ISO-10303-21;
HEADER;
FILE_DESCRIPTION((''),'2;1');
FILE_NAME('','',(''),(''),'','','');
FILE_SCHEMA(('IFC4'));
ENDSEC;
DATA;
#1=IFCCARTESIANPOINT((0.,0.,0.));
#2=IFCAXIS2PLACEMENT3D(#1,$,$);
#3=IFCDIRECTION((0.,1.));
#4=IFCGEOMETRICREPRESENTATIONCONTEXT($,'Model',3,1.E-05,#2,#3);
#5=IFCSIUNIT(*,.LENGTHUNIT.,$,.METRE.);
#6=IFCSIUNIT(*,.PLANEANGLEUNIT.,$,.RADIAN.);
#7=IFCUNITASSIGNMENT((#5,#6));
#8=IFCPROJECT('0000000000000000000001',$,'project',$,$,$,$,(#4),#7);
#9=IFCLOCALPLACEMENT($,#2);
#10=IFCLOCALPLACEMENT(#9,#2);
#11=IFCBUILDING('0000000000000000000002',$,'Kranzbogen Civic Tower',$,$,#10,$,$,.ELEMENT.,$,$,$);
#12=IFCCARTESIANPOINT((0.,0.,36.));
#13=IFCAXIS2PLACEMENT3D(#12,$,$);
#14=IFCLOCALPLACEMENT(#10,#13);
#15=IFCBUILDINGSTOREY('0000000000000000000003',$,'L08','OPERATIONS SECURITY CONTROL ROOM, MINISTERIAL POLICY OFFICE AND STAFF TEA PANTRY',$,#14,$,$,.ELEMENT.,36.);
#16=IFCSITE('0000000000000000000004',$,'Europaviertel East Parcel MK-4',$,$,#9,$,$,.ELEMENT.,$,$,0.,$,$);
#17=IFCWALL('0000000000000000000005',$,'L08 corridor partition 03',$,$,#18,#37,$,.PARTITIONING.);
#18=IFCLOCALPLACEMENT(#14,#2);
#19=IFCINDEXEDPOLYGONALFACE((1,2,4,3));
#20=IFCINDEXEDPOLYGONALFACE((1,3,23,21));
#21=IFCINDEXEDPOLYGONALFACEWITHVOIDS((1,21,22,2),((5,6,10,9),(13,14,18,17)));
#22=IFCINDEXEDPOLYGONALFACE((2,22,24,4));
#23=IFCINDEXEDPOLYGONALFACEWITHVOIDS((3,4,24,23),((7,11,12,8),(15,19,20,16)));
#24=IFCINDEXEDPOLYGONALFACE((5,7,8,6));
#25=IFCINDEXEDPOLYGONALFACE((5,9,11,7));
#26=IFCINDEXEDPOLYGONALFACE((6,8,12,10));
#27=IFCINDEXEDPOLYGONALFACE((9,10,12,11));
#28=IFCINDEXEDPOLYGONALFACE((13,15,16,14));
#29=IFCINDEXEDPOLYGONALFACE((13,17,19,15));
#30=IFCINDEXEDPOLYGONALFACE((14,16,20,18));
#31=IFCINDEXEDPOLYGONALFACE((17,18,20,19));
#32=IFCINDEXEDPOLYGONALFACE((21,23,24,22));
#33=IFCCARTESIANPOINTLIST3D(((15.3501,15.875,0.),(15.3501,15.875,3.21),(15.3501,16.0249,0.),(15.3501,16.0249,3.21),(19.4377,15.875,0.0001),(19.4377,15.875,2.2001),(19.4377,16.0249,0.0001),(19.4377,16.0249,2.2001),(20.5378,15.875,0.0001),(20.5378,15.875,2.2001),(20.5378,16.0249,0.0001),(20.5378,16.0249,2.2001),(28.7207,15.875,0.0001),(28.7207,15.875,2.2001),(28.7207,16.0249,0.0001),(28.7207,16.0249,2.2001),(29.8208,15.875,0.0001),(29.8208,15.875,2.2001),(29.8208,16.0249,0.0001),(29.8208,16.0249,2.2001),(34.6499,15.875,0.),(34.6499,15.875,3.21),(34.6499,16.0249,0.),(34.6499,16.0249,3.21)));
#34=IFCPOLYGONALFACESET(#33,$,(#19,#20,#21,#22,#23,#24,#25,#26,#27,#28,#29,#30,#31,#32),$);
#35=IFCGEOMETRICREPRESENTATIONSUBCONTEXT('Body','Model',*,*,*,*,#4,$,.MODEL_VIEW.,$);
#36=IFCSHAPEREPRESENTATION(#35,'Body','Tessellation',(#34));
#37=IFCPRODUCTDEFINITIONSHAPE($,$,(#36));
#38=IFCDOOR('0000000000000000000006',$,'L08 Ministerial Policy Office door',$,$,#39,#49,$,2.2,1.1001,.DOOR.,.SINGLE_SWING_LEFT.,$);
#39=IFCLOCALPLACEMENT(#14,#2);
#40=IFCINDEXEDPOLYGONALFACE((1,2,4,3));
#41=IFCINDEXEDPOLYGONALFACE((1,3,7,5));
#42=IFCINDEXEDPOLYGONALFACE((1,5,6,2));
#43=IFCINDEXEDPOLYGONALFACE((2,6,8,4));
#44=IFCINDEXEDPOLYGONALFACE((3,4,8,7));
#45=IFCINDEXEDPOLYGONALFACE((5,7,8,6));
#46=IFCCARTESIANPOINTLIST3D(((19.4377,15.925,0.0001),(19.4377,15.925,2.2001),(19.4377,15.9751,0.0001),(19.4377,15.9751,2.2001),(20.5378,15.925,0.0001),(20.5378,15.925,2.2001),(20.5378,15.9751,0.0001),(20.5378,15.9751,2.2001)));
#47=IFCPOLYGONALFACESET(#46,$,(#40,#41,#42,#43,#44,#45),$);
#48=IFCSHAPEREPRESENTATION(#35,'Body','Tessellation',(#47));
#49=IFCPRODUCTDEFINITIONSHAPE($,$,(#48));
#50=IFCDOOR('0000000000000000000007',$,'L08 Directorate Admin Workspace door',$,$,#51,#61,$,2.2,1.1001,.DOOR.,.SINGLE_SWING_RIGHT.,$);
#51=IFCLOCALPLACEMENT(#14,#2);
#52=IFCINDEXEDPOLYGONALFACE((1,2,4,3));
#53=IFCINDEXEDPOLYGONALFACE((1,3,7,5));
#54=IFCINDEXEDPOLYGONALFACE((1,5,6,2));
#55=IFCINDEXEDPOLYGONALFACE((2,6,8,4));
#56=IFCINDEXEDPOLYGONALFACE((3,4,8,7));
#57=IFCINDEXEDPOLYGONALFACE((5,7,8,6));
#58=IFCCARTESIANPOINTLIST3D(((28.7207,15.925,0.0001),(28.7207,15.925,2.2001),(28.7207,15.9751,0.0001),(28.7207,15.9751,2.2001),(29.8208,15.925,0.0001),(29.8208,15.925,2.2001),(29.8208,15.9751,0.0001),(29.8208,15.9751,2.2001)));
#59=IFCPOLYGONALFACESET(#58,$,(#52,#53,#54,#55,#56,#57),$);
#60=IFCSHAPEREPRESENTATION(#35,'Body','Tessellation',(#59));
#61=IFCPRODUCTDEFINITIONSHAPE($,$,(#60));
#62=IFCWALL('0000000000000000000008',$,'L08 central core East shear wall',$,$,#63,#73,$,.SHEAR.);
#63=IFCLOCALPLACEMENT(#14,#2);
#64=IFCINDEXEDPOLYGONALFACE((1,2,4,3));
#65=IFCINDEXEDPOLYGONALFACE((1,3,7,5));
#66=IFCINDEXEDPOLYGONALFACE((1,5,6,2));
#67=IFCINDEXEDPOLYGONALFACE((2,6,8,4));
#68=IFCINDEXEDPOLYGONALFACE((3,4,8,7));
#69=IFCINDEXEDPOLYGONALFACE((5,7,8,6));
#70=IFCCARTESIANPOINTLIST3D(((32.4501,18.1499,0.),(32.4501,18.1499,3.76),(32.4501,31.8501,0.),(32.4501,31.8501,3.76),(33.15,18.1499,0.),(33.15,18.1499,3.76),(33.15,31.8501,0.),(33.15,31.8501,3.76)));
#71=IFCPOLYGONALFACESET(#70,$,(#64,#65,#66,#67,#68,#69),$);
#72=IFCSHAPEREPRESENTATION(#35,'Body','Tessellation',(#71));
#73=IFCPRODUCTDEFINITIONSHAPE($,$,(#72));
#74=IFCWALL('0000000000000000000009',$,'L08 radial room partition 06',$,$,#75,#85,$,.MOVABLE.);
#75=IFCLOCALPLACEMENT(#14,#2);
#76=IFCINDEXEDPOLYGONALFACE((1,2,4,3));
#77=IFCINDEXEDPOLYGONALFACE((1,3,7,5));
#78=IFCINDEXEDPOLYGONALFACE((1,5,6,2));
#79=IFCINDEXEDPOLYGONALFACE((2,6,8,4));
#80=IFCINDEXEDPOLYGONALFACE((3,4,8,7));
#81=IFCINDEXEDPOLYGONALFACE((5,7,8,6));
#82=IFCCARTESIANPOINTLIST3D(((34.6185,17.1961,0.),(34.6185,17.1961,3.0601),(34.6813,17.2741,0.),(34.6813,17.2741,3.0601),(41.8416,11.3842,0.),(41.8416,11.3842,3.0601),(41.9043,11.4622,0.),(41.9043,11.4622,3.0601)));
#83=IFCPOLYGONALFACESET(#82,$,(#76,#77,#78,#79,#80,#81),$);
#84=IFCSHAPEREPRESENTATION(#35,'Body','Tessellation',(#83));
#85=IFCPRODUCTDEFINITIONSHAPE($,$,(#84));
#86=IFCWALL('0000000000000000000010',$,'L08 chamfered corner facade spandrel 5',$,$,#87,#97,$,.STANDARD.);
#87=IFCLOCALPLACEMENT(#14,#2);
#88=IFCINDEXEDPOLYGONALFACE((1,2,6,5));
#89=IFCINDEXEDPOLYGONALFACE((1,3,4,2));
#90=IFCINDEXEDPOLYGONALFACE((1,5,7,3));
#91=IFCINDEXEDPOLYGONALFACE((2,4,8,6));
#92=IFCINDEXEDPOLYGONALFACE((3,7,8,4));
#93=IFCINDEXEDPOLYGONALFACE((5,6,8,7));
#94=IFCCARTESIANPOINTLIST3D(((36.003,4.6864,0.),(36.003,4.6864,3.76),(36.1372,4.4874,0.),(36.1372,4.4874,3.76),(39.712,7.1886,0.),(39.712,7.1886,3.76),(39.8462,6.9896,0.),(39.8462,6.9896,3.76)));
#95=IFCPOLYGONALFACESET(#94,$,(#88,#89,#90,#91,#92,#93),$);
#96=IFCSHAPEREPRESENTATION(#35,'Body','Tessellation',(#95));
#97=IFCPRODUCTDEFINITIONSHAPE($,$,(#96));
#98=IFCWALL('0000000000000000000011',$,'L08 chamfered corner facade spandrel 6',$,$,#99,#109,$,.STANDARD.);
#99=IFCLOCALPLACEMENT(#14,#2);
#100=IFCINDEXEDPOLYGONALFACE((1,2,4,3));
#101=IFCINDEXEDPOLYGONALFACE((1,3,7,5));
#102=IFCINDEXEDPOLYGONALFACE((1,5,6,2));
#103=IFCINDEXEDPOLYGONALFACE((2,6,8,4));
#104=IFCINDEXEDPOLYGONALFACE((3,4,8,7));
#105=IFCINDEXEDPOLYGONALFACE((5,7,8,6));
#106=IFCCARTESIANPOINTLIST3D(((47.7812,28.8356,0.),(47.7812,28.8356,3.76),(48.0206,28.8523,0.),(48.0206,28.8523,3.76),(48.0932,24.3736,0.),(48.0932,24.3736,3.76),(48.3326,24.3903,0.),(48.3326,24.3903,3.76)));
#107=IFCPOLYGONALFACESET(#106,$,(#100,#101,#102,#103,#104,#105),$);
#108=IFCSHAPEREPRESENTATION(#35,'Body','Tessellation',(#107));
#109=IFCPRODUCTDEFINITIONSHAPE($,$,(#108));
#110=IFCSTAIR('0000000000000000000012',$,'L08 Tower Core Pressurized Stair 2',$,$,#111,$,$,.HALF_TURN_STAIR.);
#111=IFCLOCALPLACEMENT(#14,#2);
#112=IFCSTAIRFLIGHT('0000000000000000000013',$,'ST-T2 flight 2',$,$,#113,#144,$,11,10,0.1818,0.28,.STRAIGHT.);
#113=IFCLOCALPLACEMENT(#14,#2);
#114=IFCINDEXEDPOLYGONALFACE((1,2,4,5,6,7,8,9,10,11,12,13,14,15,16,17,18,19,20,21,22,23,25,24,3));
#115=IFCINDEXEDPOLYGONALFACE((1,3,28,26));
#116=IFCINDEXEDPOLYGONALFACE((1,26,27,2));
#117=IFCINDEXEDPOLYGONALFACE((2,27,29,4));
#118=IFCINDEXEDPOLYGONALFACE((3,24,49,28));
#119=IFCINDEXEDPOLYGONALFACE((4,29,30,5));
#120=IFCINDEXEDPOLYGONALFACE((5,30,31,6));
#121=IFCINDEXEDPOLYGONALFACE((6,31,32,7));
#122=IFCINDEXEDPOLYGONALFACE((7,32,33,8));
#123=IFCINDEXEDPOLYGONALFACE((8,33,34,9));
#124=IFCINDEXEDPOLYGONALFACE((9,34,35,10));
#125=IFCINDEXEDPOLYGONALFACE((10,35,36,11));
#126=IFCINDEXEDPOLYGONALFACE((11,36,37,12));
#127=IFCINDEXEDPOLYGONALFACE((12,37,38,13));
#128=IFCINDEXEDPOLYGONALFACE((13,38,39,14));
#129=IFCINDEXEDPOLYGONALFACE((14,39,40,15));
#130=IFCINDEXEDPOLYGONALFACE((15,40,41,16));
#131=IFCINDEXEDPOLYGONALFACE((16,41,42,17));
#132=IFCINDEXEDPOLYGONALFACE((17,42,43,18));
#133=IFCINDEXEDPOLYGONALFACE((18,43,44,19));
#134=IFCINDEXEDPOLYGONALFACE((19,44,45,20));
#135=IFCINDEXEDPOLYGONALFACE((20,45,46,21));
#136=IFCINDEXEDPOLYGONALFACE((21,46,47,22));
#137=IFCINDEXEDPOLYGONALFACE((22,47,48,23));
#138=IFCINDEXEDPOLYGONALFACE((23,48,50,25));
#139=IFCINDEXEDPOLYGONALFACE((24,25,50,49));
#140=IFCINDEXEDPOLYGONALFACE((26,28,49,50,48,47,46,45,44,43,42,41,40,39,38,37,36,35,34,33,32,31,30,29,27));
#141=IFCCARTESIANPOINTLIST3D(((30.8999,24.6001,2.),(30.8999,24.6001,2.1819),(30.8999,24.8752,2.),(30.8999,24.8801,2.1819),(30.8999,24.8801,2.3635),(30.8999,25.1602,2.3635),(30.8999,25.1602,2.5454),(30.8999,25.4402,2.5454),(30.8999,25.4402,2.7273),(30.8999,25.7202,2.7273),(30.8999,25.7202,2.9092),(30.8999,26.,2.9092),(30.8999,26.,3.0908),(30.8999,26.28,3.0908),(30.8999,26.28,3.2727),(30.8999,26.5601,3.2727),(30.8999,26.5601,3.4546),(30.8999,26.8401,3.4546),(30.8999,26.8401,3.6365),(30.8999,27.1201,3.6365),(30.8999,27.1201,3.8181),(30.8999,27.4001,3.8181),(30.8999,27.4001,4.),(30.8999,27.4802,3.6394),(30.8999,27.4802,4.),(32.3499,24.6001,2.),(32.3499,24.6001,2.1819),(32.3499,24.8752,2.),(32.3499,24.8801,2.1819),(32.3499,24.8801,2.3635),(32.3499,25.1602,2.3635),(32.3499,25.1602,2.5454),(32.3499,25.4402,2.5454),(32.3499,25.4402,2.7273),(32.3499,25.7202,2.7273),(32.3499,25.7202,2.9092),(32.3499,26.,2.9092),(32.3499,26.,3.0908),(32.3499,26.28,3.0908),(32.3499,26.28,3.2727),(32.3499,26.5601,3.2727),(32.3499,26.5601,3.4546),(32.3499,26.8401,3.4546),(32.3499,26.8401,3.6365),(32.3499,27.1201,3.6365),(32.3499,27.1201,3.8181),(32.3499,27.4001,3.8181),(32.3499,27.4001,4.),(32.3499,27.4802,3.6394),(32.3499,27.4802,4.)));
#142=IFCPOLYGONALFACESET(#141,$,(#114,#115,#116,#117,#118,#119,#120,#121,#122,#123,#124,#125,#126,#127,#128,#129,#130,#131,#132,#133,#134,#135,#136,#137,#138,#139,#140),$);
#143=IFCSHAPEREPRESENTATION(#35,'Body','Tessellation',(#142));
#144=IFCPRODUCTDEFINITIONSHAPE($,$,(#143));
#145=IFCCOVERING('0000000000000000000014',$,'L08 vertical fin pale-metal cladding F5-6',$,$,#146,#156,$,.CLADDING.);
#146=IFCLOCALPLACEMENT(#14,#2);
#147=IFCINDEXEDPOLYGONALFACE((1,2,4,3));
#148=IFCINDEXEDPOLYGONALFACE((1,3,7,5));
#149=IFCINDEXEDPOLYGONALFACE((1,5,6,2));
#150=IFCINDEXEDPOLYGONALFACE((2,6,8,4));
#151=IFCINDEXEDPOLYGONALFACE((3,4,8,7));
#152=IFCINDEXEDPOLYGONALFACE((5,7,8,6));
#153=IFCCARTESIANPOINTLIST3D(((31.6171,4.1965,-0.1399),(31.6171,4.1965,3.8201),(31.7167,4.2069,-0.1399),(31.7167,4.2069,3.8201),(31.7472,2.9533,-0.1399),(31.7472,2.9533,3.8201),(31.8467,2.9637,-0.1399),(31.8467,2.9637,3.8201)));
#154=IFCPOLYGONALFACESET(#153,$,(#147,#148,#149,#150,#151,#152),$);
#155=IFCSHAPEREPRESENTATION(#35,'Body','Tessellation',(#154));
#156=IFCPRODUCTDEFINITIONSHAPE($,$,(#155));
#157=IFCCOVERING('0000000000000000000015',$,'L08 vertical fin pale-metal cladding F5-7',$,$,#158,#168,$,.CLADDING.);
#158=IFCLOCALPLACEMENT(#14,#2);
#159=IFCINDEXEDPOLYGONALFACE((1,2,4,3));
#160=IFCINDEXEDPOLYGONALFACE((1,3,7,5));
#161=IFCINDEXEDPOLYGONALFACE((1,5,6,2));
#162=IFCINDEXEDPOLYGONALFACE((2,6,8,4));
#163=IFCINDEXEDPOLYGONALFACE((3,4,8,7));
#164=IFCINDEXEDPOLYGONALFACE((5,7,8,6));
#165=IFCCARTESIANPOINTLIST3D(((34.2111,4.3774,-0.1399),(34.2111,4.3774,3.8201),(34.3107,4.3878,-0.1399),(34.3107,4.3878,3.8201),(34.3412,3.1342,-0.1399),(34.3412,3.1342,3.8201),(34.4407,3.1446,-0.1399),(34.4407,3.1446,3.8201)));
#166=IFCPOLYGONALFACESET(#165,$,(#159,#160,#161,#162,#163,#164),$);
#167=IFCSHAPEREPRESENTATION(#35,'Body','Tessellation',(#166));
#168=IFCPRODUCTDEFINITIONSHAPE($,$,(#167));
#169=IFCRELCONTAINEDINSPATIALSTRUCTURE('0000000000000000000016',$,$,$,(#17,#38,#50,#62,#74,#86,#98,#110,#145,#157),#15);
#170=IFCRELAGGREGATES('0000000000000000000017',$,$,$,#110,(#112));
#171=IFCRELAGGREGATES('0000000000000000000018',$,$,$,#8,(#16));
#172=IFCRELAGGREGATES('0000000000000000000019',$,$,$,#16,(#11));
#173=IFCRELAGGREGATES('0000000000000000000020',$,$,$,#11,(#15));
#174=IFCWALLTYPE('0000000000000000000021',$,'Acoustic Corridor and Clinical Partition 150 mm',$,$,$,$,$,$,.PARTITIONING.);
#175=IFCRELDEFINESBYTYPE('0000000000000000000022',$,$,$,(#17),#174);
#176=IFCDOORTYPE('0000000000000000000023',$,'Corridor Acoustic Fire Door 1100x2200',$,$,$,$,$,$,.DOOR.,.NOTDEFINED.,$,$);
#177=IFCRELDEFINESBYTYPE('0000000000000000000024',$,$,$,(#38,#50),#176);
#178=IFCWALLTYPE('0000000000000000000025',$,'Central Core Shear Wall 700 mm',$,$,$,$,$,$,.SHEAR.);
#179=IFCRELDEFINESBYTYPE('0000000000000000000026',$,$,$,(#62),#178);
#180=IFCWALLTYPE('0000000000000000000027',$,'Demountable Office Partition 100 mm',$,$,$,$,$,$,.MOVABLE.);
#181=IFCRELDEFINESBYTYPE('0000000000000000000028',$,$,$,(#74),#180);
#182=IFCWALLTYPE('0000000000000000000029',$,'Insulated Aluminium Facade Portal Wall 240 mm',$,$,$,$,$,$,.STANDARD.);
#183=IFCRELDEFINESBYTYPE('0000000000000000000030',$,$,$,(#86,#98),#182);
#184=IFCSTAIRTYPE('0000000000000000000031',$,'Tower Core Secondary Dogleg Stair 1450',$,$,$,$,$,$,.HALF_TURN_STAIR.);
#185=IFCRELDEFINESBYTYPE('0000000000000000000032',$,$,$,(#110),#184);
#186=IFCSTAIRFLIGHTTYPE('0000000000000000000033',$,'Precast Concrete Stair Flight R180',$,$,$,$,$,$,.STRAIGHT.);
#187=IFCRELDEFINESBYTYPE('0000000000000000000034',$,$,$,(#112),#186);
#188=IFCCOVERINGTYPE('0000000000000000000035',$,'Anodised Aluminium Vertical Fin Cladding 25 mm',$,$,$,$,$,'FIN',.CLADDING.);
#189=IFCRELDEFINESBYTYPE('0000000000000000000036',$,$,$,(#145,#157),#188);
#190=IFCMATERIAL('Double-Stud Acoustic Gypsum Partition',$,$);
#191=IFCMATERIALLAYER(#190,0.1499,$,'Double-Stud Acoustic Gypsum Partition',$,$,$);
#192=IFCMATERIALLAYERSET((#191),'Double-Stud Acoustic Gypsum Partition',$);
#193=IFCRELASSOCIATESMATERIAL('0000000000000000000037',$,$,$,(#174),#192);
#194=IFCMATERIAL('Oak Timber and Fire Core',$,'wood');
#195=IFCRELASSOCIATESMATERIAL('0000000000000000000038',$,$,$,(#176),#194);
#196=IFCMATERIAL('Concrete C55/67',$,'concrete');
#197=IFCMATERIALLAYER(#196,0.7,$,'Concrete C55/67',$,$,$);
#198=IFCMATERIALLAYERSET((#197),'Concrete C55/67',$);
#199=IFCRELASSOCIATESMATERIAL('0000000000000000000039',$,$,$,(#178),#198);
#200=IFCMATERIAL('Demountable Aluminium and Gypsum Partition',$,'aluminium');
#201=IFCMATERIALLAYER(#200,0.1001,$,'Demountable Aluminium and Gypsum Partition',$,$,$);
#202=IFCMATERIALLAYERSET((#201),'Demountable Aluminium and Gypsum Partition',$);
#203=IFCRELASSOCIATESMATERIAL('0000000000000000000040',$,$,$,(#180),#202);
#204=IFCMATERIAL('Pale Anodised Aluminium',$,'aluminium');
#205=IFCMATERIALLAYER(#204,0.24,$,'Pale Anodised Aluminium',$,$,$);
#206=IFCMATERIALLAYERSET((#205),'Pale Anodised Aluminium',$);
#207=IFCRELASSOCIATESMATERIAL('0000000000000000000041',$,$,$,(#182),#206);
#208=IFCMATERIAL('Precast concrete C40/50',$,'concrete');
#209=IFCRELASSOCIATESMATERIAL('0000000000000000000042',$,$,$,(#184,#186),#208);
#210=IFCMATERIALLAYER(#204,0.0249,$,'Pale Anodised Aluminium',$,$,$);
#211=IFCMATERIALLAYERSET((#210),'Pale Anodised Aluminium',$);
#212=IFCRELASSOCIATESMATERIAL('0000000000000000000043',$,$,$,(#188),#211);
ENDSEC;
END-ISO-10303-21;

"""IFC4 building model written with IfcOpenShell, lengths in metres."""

from ifc_helpers import new_model, si_unit, direction, frame, frame_2d, origin, origin_2d, place, context, subcontext, project, spatial, polyline, rectangle, outline, extrude, material, layer, layer_set, type_object, element, fill, aggregate, save


model = new_model("IFC4")

# Units and contexts
model_context = context("Model", 3, precision=1e-05, world=origin(), true_north=direction((0.0, 1.0)))
body_context = subcontext(model_context, "Body", "Model", "MODEL_VIEW")
ifc_project = project(units=[si_unit("LENGTHUNIT", "METRE"), si_unit("PLANEANGLEUNIT", "RADIAN")], contexts=[model_context])

# Site, building, storey
site_placement = place(None, origin())
site = spatial("IfcSite", under=ifc_project, at=site_placement, Name="Europaviertel East Parcel MK-4", CompositionType="ELEMENT", RefElevation=0.0)
building_placement = place(site_placement, origin())
building = spatial("IfcBuilding", under=site, at=building_placement, Name="Kranzbogen Civic Tower", CompositionType="ELEMENT")
storey_placement = place(building_placement, frame((0.0, 0.0, 36.0)))
storey = spatial("IfcBuildingStorey", under=building, at=storey_placement, Name="L08", Description="OPERATIONS SECURITY CONTROL ROOM, MINISTERIAL POLICY OFFICE AND STAFF TEA PANTRY", CompositionType="ELEMENT", Elevation=36.0)

# Shared definitions
ifc_material_1 = material(Name="Pale Anodised Aluminium", Category="aluminium")

# Wall, openings, doors
ifc_material_2 = material(Name="Double-Stud Acoustic Gypsum Partition")
ifc_layer_1 = layer(ifc_material_2, 0.1499, Name="Double-Stud Acoustic Gypsum Partition")
ifc_layer_set_1 = layer_set([ifc_layer_1], Name="Double-Stud Acoustic Gypsum Partition")
wall_type_1 = type_object("IfcWallType", Name="Acoustic Corridor and Clinical Partition 150 mm", PredefinedType="PARTITIONING", material=ifc_layer_set_1)
wall_1_placement = place(storey_placement, frame((34.6499, 15.95, 0.0), z_axis=(0.0, 0.0, 1.0), x_axis=(-1.0, 0.0, 0.0)))
wall_1 = element("IfcWall", 1, at=wall_1_placement, inside=storey, type_object=wall_type_1, Name="L08 corridor partition 03", PredefinedType="PARTITIONING", context=body_context, shape_type="SweptSolid", body=[
    extrude(rectangle(XDim=19.2998, YDim=0.1499, at=frame_2d((9.6499, 0.0))), origin(), (0.0, 0.0, 1.0), 3.21),
])
opening_1_placement = place(wall_1_placement, frame((14.1121, 0.0, 0.0)))
opening_1 = element("IfcOpeningElement", 2, at=opening_1_placement, cuts=wall_1, PredefinedType="OPENING", context=body_context, shape_type="SweptSolid", body=[
    extrude(rectangle(XDim=1.1001, YDim=2.2, at=frame_2d((0.55, 1.1001))), frame((0.0, 0.085, 0.0), z_axis=(0.0, -1.0, 0.0), x_axis=(1.0, 0.0, 0.0)), (0.0, 0.0, 1.0), 0.1699),
])
opening_2_placement = place(wall_1_placement, frame((4.8291, 0.0, 0.0)))
opening_2 = element("IfcOpeningElement", 3, at=opening_2_placement, cuts=wall_1, PredefinedType="OPENING", context=body_context, shape_type="SweptSolid", body=[
    extrude(rectangle(XDim=1.1001, YDim=2.2, at=frame_2d((0.55, 1.1001))), frame((0.0, 0.085, 0.0), z_axis=(0.0, -1.0, 0.0), x_axis=(1.0, 0.0, 0.0)), (0.0, 0.0, 1.0), 0.1699),
])
ifc_material_3 = material(Name="Oak Timber and Fire Core", Category="wood")
door_type = type_object("IfcDoorType", Name="Corridor Acoustic Fire Door 1100x2200", OperationType="NOTDEFINED", PredefinedType="DOOR", material=ifc_material_3)
door_1_placement = place(opening_1_placement, origin())
door_1 = element("IfcDoor", 4, at=door_1_placement, inside=storey, type_object=door_type, Name="L08 Ministerial Policy Office door", OperationType="SINGLE_SWING_LEFT", OverallHeight=2.2, OverallWidth=1.1001, PredefinedType="DOOR", context=body_context, shape_type="SweptSolid", body=[
    extrude(rectangle(XDim=1.1001, YDim=2.2, at=frame_2d((0.55, 1.1001))), frame((0.0, 0.0249, 0.0), z_axis=(0.0, -1.0, 0.0), x_axis=(1.0, 0.0, 0.0)), (0.0, 0.0, 1.0), 0.05),
])
fill(opening_1, door_1)
door_2_placement = place(opening_2_placement, origin())
door_2 = element("IfcDoor", 5, at=door_2_placement, inside=storey, type_object=door_type, Name="L08 Directorate Admin Workspace door", OperationType="SINGLE_SWING_RIGHT", OverallHeight=2.2, OverallWidth=1.1001, PredefinedType="DOOR", context=body_context, shape_type="SweptSolid", body=[
    extrude(rectangle(XDim=1.1001, YDim=2.2, at=frame_2d((0.55, 1.1001))), frame((0.0, 0.0249, 0.0), z_axis=(0.0, -1.0, 0.0), x_axis=(1.0, 0.0, 0.0)), (0.0, 0.0, 1.0), 0.05),
])
fill(opening_2, door_2)

# Walls
ifc_material_4 = material(Name="Concrete C55/67", Category="concrete")
ifc_layer_2 = layer(ifc_material_4, 0.7, Name="Concrete C55/67")
ifc_layer_set_2 = layer_set([ifc_layer_2], Name="Concrete C55/67")
wall_type_2 = type_object("IfcWallType", Name="Central Core Shear Wall 700 mm", PredefinedType="SHEAR", material=ifc_layer_set_2)
wall_2_placement = place(storey_placement, frame((32.8, 18.1499, 0.0), z_axis=(0.0, 0.0, 1.0), x_axis=(0.0, 1.0, 0.0)))
element("IfcWall", 6, at=wall_2_placement, inside=storey, type_object=wall_type_2, Name="L08 central core East shear wall", PredefinedType="SHEAR", context=body_context, shape_type="SweptSolid", body=[
    extrude(rectangle(XDim=13.7002, YDim=0.7, at=frame_2d((6.8501, 0.0))), origin(), (0.0, 0.0, 1.0), 3.76),
])
ifc_material_5 = material(Name="Demountable Aluminium and Gypsum Partition", Category="aluminium")
ifc_layer_3 = layer(ifc_material_5, 0.1001, Name="Demountable Aluminium and Gypsum Partition")
ifc_layer_set_3 = layer_set([ifc_layer_3], Name="Demountable Aluminium and Gypsum Partition")
wall_type_3 = type_object("IfcWallType", Name="Demountable Office Partition 100 mm", PredefinedType="MOVABLE", material=ifc_layer_set_3)
wall_3_placement = place(storey_placement, frame((34.6499, 17.2351, 0.0), z_axis=(0.0, 0.0, 1.0), x_axis=(0.779103, -0.626896, 0.0)))
element("IfcWall", 7, at=wall_3_placement, inside=storey, type_object=wall_type_3, Name="L08 radial room partition 06", PredefinedType="MOVABLE", context=body_context, shape_type="SweptSolid", body=[
    extrude(rectangle(XDim=9.271, YDim=0.1001, at=frame_2d((4.6355, 0.0))), origin(), (0.0, 0.0, 1.0), 3.0601),
])
ifc_layer_4 = layer(ifc_material_1, 0.24, Name="Pale Anodised Aluminium")
ifc_layer_set_4 = layer_set([ifc_layer_4], Name="Pale Anodised Aluminium")
wall_type_4 = type_object("IfcWallType", Name="Insulated Aluminium Facade Portal Wall 240 mm", PredefinedType="STANDARD", material=ifc_layer_set_4)
wall_4_placement = place(storey_placement, frame((36.0701, 4.5869, 0.0), z_axis=(0.0, 0.0, 1.0), x_axis=(0.82899, 0.559263, 0.0)))
element("IfcWall", 8, at=wall_4_placement, inside=storey, type_object=wall_type_4, Name="L08 chamfered corner facade spandrel 5", PredefinedType="STANDARD", context=body_context, shape_type="SweptSolid", body=[
    extrude(rectangle(XDim=4.4741, YDim=0.24, at=frame_2d((2.2371, 0.0))), origin(), (0.0, 0.0, 1.0), 3.76),
])
wall_5_placement = place(storey_placement, frame((48.2129, 24.3821, 0.0), z_axis=(0.0, 0.0, 1.0), x_axis=(-0.069757, 0.997564, 0.0)))
element("IfcWall", 9, at=wall_5_placement, inside=storey, type_object=wall_type_4, Name="L08 chamfered corner facade spandrel 6", PredefinedType="STANDARD", context=body_context, shape_type="SweptSolid", body=[
    extrude(rectangle(XDim=4.4729, YDim=0.24, at=frame_2d((2.2363, 0.0))), origin(), (0.0, 0.0, 1.0), 3.76),
])

# Stair, stair flight
ifc_material_6 = material(Name="Precast concrete C40/50", Category="concrete")
stair_type = type_object("IfcStairType", Name="Tower Core Secondary Dogleg Stair 1450", PredefinedType="HALF_TURN_STAIR", material=ifc_material_6)
stair_placement = place(storey_placement, origin())
stair = element("IfcStair", 10, at=stair_placement, inside=storey, type_object=stair_type, Name="L08 Tower Core Pressurized Stair 2", PredefinedType="HALF_TURN_STAIR")
stair_flight_type = type_object("IfcStairFlightType", Name="Precast Concrete Stair Flight R180", PredefinedType="STRAIGHT", material=ifc_material_6)
stair_flight_placement = place(storey_placement, frame((31.625, 24.6001, 2.0), z_axis=(0.0, 0.0, 1.0), x_axis=(0.0, 1.0, 0.0)))
stair_flight = element("IfcStairFlight", 11, at=stair_flight_placement, type_object=stair_flight_type, Name="ST-T2 flight 2", NumberOfRisers=11, NumberOfTreads=10, PredefinedType="STRAIGHT", RiserHeight=0.1818, TreadLength=0.28, context=body_context, shape_type="SweptSolid", body=[
    extrude(outline(polyline([(0.0, 0.0), (0.0, 0.1819), (0.28, 0.1819), (0.28, 0.3635), (0.5601, 0.3635), (0.5601, 0.5454), (0.8401, 0.5454), (0.8401, 0.7273), (1.1201, 0.7273), (1.1201, 0.9092), (1.3999, 0.9092), (1.3999, 1.0908), (1.6799, 1.0908), (1.6799, 1.2727), (1.96, 1.2727), (1.96, 1.4546), (2.24, 1.4546), (2.24, 1.6365), (2.52, 1.6365), (2.52, 1.8181), (2.8, 1.8181), (2.8, 2.0), (2.8801, 2.0), (2.8801, 1.6394), (0.2751, 0.0), (0.0, 0.0)])), frame((0.0, 0.7251, 0.0), z_axis=(0.0, -1.0, 0.0), x_axis=(1.0, 0.0, 0.0)), (0.0, 0.0, 1.0), 1.45),
])
aggregate(stair, [stair_flight])

# Coverings
ifc_layer_5 = layer(ifc_material_1, 0.0249, Name="Pale Anodised Aluminium")
ifc_layer_set_5 = layer_set([ifc_layer_5], Name="Pale Anodised Aluminium")
covering_type = type_object("IfcCoveringType", Name="Anodised Aluminium Vertical Fin Cladding 25 mm", ElementType="FIN", PredefinedType="CLADDING", material=ifc_layer_set_5)
for number, where, z_axis, x_axis, name in (
    (12, (31.7319, 3.5801, -0.1399), (0.0, 0.0, 1.0), (0.10406, -0.994571, 0.0), "L08 vertical fin pale-metal cladding F5-6"),
    (13, (34.3259, 3.761, -0.1399), (0.0, 0.0, 1.0), (0.10406, -0.994571, 0.0), "L08 vertical fin pale-metal cladding F5-7"),
):
    element("IfcCovering", number, at=place(storey_placement, frame(where, z_axis=z_axis, x_axis=x_axis)), inside=storey, type_object=covering_type, Name=name, PredefinedType="CLADDING", context=body_context, shape_type="SweptSolid", body=[
        extrude(rectangle(XDim=1.25, YDim=0.1001, at=origin_2d()), origin(), (0.0, 0.0, 1.0), 3.96),
    ])

save(model, "model.ifc")
